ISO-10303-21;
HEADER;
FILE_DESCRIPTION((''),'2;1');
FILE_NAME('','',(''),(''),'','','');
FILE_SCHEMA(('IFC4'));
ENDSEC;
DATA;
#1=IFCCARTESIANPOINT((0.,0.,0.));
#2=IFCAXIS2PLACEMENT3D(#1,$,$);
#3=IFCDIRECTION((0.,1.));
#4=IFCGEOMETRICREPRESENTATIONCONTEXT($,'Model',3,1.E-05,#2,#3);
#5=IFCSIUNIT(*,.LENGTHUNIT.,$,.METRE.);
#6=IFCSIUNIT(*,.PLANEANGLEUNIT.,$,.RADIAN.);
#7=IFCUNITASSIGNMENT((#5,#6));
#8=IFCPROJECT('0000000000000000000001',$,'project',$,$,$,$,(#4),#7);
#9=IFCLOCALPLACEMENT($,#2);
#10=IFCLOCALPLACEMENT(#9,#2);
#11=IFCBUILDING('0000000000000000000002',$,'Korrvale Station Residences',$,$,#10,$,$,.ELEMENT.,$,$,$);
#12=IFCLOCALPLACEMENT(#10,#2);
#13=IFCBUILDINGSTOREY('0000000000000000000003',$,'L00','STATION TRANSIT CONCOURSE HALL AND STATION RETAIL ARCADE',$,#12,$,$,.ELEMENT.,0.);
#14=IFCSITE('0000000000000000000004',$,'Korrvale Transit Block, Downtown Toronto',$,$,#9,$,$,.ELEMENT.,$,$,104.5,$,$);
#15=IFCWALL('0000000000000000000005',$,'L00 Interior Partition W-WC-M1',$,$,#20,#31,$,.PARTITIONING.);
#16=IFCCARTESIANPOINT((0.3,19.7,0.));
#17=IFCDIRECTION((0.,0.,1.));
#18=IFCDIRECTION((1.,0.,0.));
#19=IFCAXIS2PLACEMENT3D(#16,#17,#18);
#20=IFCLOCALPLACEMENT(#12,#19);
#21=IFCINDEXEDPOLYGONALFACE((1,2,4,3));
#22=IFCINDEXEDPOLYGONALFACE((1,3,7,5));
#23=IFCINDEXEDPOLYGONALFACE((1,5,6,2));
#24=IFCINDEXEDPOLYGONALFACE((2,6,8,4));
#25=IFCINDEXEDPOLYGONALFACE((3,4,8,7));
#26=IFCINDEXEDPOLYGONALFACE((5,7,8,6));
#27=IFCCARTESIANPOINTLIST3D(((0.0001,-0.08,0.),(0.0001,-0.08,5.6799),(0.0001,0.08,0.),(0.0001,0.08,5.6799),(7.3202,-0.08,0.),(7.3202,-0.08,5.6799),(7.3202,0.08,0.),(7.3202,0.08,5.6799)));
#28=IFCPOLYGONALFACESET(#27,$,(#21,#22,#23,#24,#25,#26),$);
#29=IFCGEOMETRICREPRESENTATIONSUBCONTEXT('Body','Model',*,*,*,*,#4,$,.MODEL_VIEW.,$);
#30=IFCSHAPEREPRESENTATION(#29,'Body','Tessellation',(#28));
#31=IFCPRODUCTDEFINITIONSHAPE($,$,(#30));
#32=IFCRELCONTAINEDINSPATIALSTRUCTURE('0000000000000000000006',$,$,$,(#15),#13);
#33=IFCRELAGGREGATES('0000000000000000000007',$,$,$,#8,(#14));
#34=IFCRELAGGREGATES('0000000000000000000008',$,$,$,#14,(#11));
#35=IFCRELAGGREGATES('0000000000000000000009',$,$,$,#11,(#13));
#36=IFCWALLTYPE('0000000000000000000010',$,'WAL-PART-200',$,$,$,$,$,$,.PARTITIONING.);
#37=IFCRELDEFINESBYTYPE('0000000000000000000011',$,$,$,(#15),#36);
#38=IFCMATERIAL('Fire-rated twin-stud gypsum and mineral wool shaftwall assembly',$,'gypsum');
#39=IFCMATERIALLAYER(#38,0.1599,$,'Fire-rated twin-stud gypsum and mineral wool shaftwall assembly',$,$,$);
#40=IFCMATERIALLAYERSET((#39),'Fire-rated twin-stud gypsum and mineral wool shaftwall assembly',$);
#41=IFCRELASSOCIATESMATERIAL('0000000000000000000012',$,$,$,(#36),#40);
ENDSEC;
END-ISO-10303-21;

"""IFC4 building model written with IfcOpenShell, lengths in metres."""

from ifc_helpers import new_model, si_unit, direction, frame, frame_2d, origin, place, context, subcontext, project, spatial, rectangle, extrude, material, layer, layer_set, type_object, element, save


model = new_model("IFC4")

# Units and contexts
model_context = context("Model", 3, precision=1e-05, world=origin(), true_north=direction((0.0, 1.0)))
body_context = subcontext(model_context, "Body", "Model", "MODEL_VIEW")
ifc_project = project(units=[si_unit("LENGTHUNIT", "METRE"), si_unit("PLANEANGLEUNIT", "RADIAN")], contexts=[model_context])

# Site, building, storey
site_placement = place(None, origin())
site = spatial("IfcSite", under=ifc_project, at=site_placement, Name="Korrvale Transit Block, Downtown Toronto", CompositionType="ELEMENT", RefElevation=104.5)
building_placement = place(site_placement, origin())
building = spatial("IfcBuilding", under=site, at=building_placement, Name="Korrvale Station Residences", CompositionType="ELEMENT")
storey_placement = place(building_placement, origin())
storey = spatial("IfcBuildingStorey", under=building, at=storey_placement, Name="L00", Description="STATION TRANSIT CONCOURSE HALL AND STATION RETAIL ARCADE", CompositionType="ELEMENT", Elevation=0.0)

# Shared definitions
ifc_material_1 = material(Name="Fire-rated twin-stud gypsum and mineral wool shaftwall assembly", Category="gypsum")
ifc_layer_1 = layer(ifc_material_1, 0.1599, Name="Fire-rated twin-stud gypsum and mineral wool shaftwall assembly")
ifc_layer_set_1 = layer_set([ifc_layer_1], Name="Fire-rated twin-stud gypsum and mineral wool shaftwall assembly")
wall_type_1 = type_object("IfcWallType", Name="WAL-PART-200", PredefinedType="PARTITIONING", material=ifc_layer_set_1)

# Wall
wall_1_placement = place(storey_placement, frame((0.3, 19.7, 0.0), z_axis=(0.0, 0.0, 1.0), x_axis=(1.0, 0.0, 0.0)))
element("IfcWall", 1, at=wall_1_placement, inside=storey, type_object=wall_type_1, Name="L00 Interior Partition W-WC-M1", PredefinedType="PARTITIONING", context=body_context, shape_type="SweptSolid", body=[
    extrude(rectangle(XDim=7.3201, YDim=0.1599, at=frame_2d((3.6602, 0.0))), origin(), (0.0, 0.0, 1.0), 5.6799),
])

save(model, "model.ifc")
